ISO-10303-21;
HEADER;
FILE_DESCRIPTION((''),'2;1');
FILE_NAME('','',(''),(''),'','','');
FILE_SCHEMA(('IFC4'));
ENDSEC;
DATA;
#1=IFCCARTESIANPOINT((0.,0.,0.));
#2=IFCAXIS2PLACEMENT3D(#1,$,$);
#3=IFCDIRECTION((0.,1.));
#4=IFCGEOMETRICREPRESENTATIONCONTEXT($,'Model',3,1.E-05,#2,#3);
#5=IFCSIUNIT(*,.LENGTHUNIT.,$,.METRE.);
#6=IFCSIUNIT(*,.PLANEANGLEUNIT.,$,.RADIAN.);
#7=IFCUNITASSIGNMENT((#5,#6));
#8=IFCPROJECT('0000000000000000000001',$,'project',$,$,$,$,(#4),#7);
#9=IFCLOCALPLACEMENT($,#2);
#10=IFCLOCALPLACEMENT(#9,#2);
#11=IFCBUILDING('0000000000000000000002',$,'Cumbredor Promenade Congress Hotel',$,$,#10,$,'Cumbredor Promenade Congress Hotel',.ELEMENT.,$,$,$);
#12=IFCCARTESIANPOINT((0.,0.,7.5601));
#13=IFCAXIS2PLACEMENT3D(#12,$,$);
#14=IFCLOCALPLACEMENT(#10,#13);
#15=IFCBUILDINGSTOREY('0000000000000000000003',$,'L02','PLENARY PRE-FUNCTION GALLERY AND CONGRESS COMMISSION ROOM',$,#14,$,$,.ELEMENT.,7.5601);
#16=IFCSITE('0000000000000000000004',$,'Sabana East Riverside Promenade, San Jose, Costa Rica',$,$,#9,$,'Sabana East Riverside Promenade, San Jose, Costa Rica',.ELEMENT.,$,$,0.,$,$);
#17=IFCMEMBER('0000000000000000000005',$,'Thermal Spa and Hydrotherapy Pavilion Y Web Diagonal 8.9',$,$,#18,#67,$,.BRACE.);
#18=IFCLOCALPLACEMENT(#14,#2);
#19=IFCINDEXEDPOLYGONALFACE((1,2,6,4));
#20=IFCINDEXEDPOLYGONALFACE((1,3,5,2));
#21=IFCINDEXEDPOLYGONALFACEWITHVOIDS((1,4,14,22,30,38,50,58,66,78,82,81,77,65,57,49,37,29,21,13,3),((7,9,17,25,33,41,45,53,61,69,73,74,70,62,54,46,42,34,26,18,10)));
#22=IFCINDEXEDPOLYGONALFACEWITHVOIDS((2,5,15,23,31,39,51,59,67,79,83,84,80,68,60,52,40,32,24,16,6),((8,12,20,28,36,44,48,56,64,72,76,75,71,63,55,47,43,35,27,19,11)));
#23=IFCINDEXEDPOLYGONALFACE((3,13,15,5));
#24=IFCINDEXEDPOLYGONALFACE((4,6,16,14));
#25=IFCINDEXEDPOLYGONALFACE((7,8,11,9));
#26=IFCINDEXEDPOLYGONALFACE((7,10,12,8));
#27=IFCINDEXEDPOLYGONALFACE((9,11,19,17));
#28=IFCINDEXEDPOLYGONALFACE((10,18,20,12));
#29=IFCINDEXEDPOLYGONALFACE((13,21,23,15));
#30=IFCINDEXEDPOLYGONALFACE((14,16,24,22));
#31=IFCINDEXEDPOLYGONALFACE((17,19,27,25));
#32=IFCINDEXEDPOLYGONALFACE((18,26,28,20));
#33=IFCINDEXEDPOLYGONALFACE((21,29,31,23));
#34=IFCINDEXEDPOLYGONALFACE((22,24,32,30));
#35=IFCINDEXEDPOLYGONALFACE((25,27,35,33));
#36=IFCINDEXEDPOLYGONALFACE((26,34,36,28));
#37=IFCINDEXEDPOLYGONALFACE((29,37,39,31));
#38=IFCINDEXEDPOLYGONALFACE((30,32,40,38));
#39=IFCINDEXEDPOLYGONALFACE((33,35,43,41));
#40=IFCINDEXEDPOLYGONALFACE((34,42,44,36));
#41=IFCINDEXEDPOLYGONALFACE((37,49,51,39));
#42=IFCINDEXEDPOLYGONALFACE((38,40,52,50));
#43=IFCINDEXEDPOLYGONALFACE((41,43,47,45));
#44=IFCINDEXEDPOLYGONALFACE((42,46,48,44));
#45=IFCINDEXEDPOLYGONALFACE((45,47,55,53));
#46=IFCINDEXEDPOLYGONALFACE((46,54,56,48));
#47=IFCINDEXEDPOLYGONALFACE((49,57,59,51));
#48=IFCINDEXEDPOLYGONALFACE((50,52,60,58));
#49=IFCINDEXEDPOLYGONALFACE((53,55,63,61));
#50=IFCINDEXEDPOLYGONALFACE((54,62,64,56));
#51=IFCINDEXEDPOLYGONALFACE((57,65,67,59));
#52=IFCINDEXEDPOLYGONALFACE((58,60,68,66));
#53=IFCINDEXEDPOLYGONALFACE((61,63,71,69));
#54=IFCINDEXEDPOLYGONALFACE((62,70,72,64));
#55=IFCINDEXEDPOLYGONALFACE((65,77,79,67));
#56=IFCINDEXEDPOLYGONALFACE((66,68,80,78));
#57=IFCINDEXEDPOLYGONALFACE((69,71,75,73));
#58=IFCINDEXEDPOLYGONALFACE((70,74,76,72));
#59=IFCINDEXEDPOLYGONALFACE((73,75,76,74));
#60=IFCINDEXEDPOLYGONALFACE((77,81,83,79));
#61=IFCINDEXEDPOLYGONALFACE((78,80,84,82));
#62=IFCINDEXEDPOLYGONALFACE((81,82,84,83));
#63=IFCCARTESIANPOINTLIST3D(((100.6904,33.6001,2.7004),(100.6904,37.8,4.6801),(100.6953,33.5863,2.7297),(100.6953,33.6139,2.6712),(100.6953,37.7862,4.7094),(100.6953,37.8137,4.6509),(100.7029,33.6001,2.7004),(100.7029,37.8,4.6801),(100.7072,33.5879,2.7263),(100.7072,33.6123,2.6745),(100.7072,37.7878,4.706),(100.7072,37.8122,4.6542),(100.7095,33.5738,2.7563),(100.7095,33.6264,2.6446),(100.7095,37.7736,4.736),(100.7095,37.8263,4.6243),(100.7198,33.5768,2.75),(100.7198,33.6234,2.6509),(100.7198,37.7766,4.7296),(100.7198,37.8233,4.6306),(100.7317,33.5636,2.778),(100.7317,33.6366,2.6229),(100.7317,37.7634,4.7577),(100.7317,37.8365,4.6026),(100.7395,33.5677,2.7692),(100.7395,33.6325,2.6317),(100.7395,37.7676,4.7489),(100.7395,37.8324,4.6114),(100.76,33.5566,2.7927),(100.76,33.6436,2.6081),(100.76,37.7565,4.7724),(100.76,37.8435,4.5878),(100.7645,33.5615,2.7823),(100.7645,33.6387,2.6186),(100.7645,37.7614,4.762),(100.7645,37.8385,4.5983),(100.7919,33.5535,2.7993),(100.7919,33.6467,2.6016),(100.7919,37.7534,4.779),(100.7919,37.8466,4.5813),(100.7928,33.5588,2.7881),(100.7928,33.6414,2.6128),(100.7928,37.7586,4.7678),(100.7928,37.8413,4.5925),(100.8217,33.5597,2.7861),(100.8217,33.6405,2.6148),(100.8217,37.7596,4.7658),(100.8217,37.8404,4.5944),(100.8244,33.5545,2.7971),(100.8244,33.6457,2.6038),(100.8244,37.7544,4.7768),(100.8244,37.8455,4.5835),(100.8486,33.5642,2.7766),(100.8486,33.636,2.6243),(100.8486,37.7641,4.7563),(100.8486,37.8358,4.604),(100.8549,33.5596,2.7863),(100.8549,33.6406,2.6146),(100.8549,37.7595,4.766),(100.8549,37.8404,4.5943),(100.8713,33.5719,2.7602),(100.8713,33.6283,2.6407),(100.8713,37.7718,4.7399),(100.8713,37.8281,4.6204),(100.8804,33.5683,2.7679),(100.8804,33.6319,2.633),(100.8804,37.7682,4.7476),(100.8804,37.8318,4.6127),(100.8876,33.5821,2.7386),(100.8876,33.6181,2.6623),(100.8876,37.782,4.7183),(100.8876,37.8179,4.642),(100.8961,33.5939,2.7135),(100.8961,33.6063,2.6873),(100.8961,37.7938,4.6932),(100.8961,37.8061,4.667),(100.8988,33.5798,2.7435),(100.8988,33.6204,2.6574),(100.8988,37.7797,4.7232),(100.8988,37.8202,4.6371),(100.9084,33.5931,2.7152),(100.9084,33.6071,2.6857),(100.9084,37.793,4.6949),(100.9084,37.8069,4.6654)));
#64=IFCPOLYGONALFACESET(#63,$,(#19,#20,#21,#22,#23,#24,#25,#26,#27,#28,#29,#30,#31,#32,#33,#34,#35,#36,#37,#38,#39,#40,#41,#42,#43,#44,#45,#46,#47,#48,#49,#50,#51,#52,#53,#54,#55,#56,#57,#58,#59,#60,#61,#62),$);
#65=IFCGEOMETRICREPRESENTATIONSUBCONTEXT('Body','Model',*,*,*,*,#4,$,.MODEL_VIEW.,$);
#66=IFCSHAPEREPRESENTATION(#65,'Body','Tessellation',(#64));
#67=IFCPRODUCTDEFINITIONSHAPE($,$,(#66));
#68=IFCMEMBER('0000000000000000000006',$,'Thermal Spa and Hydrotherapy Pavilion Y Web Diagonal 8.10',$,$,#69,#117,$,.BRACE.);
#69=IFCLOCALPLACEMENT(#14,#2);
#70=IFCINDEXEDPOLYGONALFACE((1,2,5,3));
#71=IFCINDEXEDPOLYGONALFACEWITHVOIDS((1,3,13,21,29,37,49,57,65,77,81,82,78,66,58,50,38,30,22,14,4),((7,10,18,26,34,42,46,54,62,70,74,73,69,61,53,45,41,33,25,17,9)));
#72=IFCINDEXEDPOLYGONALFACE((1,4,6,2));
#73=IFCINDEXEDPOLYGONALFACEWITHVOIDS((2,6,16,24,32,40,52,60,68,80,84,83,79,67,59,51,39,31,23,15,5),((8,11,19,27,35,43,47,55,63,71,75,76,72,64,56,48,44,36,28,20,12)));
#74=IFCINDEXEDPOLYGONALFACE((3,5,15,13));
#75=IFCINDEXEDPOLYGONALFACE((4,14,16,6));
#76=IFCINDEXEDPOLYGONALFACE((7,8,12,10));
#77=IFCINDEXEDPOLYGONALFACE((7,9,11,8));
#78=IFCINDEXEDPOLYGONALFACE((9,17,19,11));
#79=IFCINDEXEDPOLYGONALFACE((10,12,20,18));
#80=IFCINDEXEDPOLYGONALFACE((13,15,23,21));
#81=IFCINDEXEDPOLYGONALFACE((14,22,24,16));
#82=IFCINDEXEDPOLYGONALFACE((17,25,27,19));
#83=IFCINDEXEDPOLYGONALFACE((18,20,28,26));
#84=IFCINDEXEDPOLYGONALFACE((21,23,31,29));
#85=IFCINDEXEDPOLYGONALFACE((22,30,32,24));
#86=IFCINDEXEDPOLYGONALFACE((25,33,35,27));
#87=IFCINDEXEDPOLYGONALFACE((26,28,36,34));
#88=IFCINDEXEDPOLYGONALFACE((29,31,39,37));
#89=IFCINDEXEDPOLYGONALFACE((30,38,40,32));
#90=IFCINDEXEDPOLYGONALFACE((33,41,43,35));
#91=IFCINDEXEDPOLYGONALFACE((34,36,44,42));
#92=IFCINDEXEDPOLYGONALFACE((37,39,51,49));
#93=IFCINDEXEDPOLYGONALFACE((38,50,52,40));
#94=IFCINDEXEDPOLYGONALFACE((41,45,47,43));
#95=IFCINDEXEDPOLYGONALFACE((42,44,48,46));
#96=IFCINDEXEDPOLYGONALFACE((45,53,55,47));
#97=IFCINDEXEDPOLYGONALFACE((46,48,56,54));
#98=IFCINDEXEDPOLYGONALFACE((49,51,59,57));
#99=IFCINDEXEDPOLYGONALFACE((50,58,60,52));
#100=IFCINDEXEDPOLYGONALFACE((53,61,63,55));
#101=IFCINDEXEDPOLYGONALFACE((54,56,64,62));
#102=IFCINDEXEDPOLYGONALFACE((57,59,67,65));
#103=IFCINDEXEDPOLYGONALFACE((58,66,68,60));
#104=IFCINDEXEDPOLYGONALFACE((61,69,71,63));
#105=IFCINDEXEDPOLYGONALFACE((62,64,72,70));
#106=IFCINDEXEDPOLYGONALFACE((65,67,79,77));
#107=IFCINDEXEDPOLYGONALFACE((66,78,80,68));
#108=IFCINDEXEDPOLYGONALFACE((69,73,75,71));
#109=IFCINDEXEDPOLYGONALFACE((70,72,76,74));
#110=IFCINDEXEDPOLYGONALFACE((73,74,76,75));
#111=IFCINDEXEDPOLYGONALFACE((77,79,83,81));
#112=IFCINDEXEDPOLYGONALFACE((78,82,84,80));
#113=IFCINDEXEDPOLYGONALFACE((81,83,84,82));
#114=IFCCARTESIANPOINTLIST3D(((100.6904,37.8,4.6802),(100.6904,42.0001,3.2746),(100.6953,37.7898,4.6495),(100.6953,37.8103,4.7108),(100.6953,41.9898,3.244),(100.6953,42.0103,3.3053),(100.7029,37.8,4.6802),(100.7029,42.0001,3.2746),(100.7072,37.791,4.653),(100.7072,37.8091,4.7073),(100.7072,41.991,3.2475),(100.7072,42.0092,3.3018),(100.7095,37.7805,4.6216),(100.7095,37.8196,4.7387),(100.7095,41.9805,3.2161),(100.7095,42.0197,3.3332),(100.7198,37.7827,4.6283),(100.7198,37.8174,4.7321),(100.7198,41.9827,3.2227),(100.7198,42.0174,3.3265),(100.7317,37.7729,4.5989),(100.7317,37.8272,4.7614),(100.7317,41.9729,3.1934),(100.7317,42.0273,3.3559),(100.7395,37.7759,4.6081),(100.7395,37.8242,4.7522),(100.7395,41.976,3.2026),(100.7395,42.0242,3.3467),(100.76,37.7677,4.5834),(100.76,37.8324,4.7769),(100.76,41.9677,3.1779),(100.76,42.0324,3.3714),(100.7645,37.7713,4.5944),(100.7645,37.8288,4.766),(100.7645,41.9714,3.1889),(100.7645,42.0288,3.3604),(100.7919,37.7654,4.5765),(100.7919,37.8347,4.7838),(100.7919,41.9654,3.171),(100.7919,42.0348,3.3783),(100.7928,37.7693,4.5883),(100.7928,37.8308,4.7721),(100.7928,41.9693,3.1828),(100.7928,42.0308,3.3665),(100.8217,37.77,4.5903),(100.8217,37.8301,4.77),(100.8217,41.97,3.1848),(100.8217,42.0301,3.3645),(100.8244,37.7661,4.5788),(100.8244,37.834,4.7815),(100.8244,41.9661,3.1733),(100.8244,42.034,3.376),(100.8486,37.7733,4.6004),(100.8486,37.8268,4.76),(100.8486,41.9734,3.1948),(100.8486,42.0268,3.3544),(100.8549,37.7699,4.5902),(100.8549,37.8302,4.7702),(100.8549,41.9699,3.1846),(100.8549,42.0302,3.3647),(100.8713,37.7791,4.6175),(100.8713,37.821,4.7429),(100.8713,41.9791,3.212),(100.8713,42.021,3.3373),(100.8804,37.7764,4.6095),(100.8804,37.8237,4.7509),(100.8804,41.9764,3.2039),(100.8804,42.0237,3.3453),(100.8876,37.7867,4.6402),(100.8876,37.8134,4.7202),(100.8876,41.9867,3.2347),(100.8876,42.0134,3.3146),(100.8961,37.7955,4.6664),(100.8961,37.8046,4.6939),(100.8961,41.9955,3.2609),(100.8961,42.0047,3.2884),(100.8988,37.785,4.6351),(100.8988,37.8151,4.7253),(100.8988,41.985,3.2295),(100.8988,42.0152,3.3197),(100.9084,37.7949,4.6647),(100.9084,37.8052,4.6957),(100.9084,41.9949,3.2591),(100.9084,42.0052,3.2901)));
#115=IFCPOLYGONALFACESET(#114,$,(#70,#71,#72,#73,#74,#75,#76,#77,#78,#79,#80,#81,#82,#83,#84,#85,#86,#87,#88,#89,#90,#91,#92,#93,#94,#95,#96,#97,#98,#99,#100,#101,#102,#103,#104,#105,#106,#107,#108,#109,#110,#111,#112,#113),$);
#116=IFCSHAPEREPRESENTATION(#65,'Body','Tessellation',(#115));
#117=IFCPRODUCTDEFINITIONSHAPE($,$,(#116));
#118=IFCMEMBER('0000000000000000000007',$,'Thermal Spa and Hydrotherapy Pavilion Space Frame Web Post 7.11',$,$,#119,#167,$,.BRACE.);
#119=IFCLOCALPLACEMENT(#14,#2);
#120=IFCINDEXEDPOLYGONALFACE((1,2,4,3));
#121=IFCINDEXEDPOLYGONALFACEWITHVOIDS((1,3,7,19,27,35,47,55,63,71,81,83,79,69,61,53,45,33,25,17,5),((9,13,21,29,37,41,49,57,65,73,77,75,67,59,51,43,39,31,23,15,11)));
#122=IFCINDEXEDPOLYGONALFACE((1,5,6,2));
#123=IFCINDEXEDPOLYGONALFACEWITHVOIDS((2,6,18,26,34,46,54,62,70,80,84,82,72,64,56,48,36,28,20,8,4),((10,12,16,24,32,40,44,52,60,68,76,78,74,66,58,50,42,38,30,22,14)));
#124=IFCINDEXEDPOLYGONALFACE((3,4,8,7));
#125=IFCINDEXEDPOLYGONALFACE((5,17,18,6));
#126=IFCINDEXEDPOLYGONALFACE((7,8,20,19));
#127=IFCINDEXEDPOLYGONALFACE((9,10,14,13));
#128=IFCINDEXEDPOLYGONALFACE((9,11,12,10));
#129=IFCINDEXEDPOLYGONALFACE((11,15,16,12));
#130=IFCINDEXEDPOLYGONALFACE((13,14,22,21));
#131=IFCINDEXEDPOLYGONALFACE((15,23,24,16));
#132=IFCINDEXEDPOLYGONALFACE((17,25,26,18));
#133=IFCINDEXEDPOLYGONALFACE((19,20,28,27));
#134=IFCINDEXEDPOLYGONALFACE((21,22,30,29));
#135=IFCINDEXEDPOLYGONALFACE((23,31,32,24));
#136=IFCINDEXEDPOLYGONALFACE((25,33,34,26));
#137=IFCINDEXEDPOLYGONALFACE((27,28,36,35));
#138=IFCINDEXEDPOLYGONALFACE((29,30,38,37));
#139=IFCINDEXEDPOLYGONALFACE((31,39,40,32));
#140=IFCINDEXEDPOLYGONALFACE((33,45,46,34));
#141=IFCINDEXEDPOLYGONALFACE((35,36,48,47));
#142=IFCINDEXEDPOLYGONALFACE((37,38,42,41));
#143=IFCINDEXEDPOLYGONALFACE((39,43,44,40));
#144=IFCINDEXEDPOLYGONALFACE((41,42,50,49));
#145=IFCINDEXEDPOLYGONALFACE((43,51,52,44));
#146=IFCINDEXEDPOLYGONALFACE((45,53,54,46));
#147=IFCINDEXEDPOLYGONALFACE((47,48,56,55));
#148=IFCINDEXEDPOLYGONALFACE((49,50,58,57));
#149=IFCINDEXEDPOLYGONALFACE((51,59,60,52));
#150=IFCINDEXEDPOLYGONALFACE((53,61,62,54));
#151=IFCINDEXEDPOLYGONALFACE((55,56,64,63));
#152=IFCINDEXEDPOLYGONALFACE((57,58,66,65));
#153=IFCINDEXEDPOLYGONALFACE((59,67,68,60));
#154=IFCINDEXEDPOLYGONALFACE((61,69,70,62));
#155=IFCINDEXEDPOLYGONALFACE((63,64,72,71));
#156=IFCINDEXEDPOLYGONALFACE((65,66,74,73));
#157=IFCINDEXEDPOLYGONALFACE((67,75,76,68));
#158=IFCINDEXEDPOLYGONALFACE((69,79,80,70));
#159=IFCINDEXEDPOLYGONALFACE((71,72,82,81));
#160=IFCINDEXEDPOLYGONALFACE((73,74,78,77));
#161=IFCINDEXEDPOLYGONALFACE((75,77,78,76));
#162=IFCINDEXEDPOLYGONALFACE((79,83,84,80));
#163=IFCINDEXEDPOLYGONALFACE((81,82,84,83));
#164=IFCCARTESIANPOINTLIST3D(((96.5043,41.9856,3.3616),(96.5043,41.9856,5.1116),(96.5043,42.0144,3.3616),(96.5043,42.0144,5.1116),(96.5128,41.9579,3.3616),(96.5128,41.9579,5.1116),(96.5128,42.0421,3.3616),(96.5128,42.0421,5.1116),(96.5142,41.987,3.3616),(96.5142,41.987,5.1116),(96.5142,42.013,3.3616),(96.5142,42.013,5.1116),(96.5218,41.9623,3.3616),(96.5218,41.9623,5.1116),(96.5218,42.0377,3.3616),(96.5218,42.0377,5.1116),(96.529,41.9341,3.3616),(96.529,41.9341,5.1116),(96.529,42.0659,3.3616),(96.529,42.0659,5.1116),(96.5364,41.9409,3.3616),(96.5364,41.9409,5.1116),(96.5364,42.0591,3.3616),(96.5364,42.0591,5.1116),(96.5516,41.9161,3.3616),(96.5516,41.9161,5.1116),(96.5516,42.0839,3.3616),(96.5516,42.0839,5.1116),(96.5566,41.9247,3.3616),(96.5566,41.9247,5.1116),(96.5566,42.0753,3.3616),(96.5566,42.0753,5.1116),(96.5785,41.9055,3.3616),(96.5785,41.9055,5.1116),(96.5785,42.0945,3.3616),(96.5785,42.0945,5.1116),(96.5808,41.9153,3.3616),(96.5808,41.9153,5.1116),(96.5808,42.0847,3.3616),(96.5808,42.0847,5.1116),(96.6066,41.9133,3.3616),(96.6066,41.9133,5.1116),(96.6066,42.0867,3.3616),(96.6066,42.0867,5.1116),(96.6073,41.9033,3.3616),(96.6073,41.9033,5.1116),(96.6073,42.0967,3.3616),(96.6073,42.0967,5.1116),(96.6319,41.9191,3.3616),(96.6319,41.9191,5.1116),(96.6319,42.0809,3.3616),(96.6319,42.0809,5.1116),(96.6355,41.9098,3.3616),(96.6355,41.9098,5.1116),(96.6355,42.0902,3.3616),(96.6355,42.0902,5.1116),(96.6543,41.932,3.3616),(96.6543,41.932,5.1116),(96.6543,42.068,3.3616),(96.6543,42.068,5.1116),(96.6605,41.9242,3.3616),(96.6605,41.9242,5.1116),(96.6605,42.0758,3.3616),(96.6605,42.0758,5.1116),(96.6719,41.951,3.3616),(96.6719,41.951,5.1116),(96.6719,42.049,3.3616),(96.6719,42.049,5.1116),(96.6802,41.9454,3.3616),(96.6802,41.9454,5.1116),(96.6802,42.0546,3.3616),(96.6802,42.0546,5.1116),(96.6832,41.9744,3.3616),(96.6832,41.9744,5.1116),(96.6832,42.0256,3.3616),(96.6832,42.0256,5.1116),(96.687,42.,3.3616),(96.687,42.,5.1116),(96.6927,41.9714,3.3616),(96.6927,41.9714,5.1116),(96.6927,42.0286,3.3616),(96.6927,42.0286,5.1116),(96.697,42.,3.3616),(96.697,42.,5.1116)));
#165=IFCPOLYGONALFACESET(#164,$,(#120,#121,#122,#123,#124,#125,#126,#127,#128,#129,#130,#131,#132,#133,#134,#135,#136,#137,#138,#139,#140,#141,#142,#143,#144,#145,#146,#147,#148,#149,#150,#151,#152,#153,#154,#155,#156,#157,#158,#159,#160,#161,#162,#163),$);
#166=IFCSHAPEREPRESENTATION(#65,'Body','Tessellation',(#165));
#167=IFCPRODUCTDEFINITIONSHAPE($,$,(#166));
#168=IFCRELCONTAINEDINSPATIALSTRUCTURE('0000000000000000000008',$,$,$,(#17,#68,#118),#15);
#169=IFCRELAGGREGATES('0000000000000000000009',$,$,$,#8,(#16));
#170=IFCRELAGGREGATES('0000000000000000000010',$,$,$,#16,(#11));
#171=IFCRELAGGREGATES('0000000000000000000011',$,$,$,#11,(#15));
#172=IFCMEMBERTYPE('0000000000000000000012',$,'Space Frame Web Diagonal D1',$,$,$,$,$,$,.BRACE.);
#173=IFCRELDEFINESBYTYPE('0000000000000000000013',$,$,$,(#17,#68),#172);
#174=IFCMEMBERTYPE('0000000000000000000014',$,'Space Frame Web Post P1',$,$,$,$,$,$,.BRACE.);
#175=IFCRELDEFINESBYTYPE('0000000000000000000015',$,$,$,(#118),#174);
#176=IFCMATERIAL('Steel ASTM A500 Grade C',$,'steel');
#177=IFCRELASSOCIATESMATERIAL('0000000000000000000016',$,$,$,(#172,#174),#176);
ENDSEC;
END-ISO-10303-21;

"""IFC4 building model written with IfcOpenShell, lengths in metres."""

from ifc_helpers import new_model, si_unit, direction, frame, origin, origin_2d, place, context, subcontext, project, spatial, hollow_circle, extrude, material, material_profile, profile_set, type_object, element, save


model = new_model("IFC4")

# Units and contexts
model_context = context("Model", 3, precision=1e-05, world=origin(), true_north=direction((0.0, 1.0)))
body_context = subcontext(model_context, "Body", "Model", "MODEL_VIEW")
ifc_project = project(units=[si_unit("LENGTHUNIT", "METRE"), si_unit("PLANEANGLEUNIT", "RADIAN")], contexts=[model_context])

# Site, building, storey
site_placement = place(None, origin())
site = spatial("IfcSite", under=ifc_project, at=site_placement, Name="Sabana East Riverside Promenade, San Jose, Costa Rica", LongName="Sabana East Riverside Promenade, San Jose, Costa Rica", CompositionType="ELEMENT", RefElevation=0.0)
building_placement = place(site_placement, origin())
building = spatial("IfcBuilding", under=site, at=building_placement, Name="Cumbredor Promenade Congress Hotel", LongName="Cumbredor Promenade Congress Hotel", CompositionType="ELEMENT")
storey_placement = place(building_placement, frame((0.0, 0.0, 7.5601)))
storey = spatial("IfcBuildingStorey", under=building, at=storey_placement, Name="L02", Description="PLENARY PRE-FUNCTION GALLERY AND CONGRESS COMMISSION ROOM", CompositionType="ELEMENT", Elevation=7.5601)

# Members
ifc_material_1 = material(Name="Steel ASTM A500 Grade C", Category="steel")
ifc_material_profile_1 = material_profile(ifc_material_1, hollow_circle(Radius=0.1096, WallThickness=0.0125, at=origin_2d()), Name="CHS 219.1x12.5")
ifc_profile_set_1 = profile_set([ifc_material_profile_1], Name="Steel ASTM A500 Grade C")
member_type_1 = type_object("IfcMemberType", Name="Space Frame Web Diagonal D1", PredefinedType="BRACE", material=ifc_profile_set_1)
member_1_placement = place(storey_placement, frame((100.8, 33.6001, 2.7004), z_axis=(0.0, 0.904546, 0.426377), x_axis=(-1.0, 0.0, 0.0)))
element("IfcMember", 1, at=member_1_placement, inside=storey, type_object=member_type_1, Name="Thermal Spa and Hydrotherapy Pavilion Y Web Diagonal 8.9", PredefinedType="BRACE", context=body_context, shape_type="SweptSolid", body=[
    extrude(hollow_circle(Radius=0.1096, WallThickness=0.0125, at=origin_2d()), origin(), (0.0, 0.0, 1.0), 4.6431),
])
member_2_placement = place(storey_placement, frame((100.8, 37.8, 4.6802), z_axis=(0.0, 0.948308, -0.317352), x_axis=(-1.0, 0.0, 0.0)))
element("IfcMember", 2, at=member_2_placement, inside=storey, type_object=member_type_1, Name="Thermal Spa and Hydrotherapy Pavilion Y Web Diagonal 8.10", PredefinedType="BRACE", context=body_context, shape_type="SweptSolid", body=[
    extrude(hollow_circle(Radius=0.1096, WallThickness=0.0125, at=origin_2d()), origin(), (0.0, 0.0, 1.0), 4.429),
])
ifc_material_profile_2 = material_profile(ifc_material_1, hollow_circle(Radius=0.0969, WallThickness=0.01, at=origin_2d()), Name="CHS 193.7x10")
ifc_profile_set_2 = profile_set([ifc_material_profile_2], Name="Steel ASTM A500 Grade C")
member_type_2 = type_object("IfcMemberType", Name="Space Frame Web Post P1", PredefinedType="BRACE", material=ifc_profile_set_2)
for number, where, z_axis, x_axis, name in (
    (3, (96.6001, 42.0, 3.3616), (0.0, 0.0, 1.0), (1.0, 0.0, 0.0), "Thermal Spa and Hydrotherapy Pavilion Space Frame Web Post 7.11"),
):
    element("IfcMember", number, at=place(storey_placement, frame(where, z_axis=z_axis, x_axis=x_axis)), inside=storey, type_object=member_type_2, Name=name, PredefinedType="BRACE", context=body_context, shape_type="SweptSolid", body=[
        extrude(hollow_circle(Radius=0.0969, WallThickness=0.01, at=origin_2d()), origin(), (0.0, 0.0, 1.0), 1.75),
    ])

save(model, "model.ifc")
